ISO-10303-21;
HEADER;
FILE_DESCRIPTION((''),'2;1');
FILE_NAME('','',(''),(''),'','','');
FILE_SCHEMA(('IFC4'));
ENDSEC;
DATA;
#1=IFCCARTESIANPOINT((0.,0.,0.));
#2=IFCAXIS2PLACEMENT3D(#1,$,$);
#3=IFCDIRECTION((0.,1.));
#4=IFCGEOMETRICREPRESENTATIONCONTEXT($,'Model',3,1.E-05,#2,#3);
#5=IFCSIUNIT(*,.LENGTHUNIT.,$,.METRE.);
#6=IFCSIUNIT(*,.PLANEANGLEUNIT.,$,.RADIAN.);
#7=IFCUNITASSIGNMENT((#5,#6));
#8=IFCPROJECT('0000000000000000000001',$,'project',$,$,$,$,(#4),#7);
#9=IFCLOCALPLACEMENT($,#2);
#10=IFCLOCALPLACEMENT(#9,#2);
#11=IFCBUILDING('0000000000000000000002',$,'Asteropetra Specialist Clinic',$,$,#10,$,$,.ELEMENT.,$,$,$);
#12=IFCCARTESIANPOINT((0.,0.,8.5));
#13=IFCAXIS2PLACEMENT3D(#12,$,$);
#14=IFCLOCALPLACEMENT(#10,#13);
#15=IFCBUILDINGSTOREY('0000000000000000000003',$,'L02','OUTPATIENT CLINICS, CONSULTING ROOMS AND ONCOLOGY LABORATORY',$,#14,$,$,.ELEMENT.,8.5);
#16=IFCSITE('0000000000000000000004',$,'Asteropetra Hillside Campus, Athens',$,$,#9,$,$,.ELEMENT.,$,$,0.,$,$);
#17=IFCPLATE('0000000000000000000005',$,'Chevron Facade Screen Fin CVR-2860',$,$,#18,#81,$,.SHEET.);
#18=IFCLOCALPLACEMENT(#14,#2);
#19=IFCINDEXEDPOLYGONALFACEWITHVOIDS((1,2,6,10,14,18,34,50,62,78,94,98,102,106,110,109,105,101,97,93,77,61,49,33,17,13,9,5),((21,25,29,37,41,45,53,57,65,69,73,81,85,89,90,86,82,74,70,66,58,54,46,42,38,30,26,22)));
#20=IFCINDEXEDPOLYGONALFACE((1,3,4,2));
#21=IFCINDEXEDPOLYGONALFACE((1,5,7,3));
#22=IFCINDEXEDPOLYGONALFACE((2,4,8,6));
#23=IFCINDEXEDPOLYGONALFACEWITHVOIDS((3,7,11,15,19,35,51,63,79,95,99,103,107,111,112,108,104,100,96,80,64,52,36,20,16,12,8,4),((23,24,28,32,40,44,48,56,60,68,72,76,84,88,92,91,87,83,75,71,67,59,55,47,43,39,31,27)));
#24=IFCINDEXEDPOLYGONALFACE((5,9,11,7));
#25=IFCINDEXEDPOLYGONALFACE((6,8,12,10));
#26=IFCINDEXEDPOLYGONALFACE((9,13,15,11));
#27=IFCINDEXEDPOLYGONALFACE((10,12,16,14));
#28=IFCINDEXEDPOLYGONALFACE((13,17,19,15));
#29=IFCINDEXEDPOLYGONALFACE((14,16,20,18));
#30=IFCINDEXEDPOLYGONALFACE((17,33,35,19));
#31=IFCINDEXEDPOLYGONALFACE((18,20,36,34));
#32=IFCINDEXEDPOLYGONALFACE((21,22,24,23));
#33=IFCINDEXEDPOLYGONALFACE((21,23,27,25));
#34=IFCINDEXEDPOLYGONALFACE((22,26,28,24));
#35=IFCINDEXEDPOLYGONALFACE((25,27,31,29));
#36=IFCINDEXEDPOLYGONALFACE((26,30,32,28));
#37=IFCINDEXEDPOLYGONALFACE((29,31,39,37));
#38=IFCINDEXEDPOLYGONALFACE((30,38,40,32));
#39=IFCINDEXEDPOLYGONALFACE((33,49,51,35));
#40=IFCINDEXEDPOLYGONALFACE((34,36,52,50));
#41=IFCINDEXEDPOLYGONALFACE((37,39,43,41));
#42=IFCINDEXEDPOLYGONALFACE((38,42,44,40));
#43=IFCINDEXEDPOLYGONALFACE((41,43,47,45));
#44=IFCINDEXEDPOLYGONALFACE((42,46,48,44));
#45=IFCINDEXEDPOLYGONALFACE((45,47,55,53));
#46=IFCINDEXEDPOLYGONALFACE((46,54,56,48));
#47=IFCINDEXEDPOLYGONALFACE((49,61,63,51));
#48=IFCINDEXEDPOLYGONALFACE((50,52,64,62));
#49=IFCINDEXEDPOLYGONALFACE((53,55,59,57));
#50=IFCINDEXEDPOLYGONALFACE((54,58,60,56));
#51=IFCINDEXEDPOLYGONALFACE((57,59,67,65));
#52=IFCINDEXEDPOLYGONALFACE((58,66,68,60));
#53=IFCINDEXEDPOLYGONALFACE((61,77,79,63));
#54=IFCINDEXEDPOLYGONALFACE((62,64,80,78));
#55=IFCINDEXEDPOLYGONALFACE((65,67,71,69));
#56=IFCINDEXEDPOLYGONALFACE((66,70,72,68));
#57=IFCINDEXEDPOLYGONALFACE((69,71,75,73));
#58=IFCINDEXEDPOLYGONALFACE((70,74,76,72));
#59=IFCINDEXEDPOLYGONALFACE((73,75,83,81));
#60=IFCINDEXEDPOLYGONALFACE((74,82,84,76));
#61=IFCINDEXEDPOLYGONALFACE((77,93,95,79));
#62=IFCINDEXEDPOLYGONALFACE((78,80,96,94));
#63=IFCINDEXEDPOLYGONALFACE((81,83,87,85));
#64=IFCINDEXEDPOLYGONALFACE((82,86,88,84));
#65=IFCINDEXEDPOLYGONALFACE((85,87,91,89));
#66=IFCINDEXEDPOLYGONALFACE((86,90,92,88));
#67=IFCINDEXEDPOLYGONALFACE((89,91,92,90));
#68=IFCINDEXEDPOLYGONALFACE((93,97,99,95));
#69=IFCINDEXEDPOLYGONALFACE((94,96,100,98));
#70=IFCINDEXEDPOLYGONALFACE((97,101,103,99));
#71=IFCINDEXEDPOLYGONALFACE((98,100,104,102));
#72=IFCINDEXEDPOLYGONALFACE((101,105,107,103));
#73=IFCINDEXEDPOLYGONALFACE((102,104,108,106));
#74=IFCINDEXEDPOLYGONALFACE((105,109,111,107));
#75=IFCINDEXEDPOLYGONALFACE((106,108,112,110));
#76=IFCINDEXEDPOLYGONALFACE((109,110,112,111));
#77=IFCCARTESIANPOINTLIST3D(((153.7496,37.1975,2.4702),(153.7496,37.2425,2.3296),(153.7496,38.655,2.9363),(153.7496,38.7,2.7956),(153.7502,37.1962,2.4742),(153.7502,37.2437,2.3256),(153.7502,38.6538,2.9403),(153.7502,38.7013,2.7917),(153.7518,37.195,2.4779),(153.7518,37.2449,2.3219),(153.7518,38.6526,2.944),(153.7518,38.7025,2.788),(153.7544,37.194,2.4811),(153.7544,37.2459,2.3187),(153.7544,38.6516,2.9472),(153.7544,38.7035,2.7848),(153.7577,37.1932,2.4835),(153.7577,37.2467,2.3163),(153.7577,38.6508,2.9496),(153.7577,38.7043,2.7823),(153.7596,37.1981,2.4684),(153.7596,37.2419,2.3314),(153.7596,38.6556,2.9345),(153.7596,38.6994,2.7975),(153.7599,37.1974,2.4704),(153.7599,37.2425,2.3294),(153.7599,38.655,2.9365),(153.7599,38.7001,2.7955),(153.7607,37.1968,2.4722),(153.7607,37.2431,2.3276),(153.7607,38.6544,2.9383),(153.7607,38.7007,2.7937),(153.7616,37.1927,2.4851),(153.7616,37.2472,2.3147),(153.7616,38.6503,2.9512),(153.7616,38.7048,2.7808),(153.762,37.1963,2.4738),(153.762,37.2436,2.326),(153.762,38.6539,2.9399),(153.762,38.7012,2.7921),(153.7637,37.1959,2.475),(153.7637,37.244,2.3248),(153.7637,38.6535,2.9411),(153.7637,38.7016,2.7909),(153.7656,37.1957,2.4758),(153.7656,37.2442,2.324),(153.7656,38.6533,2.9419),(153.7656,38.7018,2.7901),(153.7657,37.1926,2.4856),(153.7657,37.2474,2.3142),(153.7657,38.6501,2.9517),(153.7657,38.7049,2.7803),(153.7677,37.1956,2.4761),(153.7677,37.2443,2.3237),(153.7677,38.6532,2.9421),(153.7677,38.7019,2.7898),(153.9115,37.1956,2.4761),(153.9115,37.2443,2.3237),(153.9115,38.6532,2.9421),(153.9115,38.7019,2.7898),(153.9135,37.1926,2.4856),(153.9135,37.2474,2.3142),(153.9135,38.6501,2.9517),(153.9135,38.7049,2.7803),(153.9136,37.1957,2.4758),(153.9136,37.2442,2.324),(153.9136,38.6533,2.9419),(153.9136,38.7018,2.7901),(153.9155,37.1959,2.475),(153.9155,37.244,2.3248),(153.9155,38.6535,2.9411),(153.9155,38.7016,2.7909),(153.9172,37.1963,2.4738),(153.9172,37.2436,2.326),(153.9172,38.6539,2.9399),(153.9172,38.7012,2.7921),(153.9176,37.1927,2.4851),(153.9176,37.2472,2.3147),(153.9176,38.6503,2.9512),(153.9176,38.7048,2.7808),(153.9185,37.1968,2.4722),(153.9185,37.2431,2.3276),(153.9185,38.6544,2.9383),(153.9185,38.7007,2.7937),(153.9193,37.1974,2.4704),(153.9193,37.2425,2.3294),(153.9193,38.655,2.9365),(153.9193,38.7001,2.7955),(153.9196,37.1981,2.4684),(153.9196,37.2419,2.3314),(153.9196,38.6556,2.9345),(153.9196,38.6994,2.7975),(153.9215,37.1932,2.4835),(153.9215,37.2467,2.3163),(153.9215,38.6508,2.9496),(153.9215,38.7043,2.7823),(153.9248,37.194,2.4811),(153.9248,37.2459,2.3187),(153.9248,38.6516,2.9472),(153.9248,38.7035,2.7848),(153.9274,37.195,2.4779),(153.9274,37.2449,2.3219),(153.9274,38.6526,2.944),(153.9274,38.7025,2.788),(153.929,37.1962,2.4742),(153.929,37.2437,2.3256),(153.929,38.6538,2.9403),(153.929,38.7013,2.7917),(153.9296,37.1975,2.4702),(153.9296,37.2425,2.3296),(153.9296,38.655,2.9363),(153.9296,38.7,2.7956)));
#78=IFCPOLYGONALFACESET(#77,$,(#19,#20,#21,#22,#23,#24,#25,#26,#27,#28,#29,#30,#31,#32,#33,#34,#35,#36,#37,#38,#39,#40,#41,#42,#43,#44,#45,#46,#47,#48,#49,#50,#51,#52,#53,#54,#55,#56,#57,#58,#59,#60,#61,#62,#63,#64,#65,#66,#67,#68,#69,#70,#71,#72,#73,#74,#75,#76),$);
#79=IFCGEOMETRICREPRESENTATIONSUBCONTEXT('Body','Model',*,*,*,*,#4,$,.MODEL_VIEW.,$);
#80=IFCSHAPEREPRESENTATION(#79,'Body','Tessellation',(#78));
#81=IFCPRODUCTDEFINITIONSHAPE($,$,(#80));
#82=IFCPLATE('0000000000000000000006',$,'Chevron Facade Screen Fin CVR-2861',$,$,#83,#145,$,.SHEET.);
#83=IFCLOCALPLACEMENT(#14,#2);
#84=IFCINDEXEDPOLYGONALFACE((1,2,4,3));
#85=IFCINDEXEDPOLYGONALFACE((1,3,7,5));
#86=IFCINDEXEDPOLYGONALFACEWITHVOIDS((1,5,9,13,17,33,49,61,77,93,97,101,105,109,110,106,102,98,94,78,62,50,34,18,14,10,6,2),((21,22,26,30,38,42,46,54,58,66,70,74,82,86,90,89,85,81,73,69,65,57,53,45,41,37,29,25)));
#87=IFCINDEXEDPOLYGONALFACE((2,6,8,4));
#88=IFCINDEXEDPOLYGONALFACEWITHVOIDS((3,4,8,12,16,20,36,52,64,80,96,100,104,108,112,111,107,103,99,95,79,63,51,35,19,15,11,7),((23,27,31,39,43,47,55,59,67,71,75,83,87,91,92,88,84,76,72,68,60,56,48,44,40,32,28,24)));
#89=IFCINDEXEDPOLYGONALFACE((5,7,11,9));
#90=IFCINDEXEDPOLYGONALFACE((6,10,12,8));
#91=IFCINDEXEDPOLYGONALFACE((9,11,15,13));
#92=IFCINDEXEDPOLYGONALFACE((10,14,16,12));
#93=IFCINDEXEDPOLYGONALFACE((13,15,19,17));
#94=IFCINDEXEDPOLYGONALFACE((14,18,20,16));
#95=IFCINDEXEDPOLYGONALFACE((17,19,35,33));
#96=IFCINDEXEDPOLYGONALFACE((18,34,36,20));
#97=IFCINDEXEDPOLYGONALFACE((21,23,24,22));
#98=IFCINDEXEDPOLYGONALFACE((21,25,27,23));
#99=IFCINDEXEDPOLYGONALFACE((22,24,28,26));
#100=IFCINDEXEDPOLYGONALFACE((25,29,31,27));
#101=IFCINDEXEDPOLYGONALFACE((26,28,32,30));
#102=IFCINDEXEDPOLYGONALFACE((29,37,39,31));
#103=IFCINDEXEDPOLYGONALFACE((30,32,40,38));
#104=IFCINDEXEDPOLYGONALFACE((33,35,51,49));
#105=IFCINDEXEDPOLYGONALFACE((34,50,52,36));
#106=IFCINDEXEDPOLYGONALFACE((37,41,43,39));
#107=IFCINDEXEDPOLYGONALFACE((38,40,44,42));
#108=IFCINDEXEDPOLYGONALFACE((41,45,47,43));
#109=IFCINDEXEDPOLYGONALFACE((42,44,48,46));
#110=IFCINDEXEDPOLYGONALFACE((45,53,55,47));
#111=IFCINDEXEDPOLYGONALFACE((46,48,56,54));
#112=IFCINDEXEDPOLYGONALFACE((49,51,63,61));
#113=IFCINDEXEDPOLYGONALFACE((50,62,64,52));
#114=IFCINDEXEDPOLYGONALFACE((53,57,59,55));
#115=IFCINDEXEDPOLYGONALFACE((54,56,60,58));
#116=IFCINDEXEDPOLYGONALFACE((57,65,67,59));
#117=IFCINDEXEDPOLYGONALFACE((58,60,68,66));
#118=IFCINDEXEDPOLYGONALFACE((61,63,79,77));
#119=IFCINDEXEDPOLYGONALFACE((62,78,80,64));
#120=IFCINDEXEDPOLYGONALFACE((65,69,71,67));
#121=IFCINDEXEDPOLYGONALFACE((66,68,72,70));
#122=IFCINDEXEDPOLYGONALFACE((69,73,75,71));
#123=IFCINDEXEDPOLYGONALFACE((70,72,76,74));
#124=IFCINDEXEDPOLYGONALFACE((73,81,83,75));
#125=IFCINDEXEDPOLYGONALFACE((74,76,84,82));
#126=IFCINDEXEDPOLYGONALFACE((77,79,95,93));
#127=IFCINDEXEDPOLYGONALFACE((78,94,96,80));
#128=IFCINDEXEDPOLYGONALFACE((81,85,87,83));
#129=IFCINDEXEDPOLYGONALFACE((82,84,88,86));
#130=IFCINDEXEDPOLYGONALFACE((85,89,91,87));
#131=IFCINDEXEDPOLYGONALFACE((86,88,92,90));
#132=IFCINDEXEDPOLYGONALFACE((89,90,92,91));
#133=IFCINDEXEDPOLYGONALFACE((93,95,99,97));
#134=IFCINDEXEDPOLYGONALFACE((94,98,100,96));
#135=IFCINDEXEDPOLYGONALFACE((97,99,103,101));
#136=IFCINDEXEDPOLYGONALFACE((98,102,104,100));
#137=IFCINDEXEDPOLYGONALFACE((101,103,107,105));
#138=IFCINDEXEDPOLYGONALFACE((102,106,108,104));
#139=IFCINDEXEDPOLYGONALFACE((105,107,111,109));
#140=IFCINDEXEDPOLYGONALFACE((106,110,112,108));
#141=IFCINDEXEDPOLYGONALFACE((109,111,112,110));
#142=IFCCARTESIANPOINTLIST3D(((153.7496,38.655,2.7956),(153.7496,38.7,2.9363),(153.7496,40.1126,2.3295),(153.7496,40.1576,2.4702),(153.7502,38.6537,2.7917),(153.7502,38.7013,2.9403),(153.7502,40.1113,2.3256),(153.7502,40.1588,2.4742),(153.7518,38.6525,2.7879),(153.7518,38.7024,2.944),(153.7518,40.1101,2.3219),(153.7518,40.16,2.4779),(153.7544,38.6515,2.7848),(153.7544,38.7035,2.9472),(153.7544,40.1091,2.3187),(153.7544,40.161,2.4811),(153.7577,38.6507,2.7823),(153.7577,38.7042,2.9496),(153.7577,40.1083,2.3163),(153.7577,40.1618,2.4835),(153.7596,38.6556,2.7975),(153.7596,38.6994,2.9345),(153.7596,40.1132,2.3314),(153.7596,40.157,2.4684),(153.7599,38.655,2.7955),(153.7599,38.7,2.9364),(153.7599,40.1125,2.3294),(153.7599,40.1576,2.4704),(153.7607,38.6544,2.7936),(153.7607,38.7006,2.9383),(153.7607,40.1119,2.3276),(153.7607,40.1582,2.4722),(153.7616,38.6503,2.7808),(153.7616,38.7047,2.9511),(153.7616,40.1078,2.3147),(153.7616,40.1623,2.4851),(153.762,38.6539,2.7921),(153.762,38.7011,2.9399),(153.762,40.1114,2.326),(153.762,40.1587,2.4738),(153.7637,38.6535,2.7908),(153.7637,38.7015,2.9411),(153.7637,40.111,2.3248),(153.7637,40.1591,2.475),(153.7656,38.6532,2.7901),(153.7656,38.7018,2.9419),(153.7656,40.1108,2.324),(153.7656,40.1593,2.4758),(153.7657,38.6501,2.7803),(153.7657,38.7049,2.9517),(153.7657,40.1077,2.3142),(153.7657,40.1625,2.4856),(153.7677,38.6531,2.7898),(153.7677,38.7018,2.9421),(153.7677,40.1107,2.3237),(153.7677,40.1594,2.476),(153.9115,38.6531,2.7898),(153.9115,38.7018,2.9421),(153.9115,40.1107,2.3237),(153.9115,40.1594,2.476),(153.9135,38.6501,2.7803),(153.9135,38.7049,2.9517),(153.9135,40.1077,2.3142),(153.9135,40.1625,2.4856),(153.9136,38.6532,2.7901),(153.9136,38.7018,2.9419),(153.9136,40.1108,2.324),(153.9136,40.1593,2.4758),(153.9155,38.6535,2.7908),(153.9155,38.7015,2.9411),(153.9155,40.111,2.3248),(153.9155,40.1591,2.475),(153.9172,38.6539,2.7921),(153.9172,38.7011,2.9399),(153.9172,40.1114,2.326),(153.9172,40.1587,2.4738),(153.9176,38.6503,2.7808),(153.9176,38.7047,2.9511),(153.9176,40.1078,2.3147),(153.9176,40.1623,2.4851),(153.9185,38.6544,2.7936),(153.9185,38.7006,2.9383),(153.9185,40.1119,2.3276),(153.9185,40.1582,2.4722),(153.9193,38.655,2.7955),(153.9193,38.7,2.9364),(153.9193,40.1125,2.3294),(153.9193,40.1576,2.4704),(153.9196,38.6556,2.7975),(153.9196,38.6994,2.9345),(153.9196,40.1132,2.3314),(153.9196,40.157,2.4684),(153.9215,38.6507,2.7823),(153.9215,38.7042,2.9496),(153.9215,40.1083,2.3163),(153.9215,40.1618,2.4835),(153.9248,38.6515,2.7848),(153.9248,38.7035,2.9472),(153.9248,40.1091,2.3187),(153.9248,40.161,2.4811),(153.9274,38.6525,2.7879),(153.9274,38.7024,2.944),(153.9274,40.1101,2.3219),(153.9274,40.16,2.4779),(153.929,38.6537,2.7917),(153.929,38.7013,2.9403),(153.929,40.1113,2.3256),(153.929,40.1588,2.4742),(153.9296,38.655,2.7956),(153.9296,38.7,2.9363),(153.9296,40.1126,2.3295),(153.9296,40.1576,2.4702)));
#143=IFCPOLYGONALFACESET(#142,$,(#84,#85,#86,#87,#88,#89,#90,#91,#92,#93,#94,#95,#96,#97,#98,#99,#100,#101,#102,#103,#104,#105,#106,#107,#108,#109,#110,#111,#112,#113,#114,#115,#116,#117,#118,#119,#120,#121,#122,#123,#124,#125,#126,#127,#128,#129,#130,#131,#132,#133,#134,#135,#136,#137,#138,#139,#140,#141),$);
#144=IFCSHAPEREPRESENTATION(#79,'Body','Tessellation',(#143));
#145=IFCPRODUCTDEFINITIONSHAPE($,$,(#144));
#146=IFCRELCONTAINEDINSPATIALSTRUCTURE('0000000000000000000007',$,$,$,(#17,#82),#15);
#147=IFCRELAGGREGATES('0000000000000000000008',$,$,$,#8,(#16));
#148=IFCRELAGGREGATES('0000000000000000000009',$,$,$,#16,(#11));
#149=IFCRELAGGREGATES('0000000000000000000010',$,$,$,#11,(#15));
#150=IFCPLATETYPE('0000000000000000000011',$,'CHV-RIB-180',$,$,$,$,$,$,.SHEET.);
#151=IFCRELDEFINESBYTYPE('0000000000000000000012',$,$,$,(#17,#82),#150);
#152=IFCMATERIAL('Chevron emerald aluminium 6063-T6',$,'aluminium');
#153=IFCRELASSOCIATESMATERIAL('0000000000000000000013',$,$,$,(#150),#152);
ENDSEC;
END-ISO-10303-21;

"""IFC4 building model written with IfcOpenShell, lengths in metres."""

from ifc_helpers import new_model, si_unit, direction, frame, origin, origin_2d, place, context, subcontext, project, spatial, hollow_rectangle, extrude, material, material_profile, profile_set, type_object, element, save


model = new_model("IFC4")

# Units and contexts
model_context = context("Model", 3, precision=1e-05, world=origin(), true_north=direction((0.0, 1.0)))
body_context = subcontext(model_context, "Body", "Model", "MODEL_VIEW")
ifc_project = project(units=[si_unit("LENGTHUNIT", "METRE"), si_unit("PLANEANGLEUNIT", "RADIAN")], contexts=[model_context])

# Site, building, storey
site_placement = place(None, origin())
site = spatial("IfcSite", under=ifc_project, at=site_placement, Name="Asteropetra Hillside Campus, Athens", CompositionType="ELEMENT", RefElevation=0.0)
building_placement = place(site_placement, origin())
building = spatial("IfcBuilding", under=site, at=building_placement, Name="Asteropetra Specialist Clinic", CompositionType="ELEMENT")
storey_placement = place(building_placement, frame((0.0, 0.0, 8.5)))
storey = spatial("IfcBuildingStorey", under=building, at=storey_placement, Name="L02", Description="OUTPATIENT CLINICS, CONSULTING ROOMS AND ONCOLOGY LABORATORY", CompositionType="ELEMENT", Elevation=8.5)

# Plates
ifc_material_1 = material(Name="Chevron emerald aluminium 6063-T6", Category="aluminium")
ifc_material_profile = material_profile(ifc_material_1, hollow_rectangle(XDim=0.1799, YDim=0.1799, WallThickness=0.01, InnerFilletRadius=0.0081, OuterFilletRadius=0.0161, at=origin_2d()), Name="SHS 180x180x10.0")
ifc_profile_set = profile_set([ifc_material_profile], Name="Chevron emerald aluminium 6063-T6")
plate_type = type_object("IfcPlateType", Name="CHV-RIB-180", PredefinedType="SHEET", material=ifc_profile_set)
for number, where, z_axis, x_axis, name in (
    (1, (153.8396, 37.22, 2.3999), (0.0, 0.952489, 0.304573), (-1.0, 0.0, 0.0), "Chevron Facade Screen Fin CVR-2860"),
    (2, (153.8396, 38.6775, 2.866), (0.0, 0.952489, -0.304573), (-1.0, 0.0, 0.0), "Chevron Facade Screen Fin CVR-2861"),
):
    element("IfcPlate", number, at=place(storey_placement, frame(where, z_axis=z_axis, x_axis=x_axis)), inside=storey, type_object=plate_type, Name=name, PredefinedType="SHEET", context=body_context, shape_type="SweptSolid", body=[
        extrude(hollow_rectangle(XDim=0.1799, YDim=0.1799, WallThickness=0.01, InnerFilletRadius=0.0081, OuterFilletRadius=0.0161, at=origin_2d()), origin(), (0.0, 0.0, 1.0), 1.5303),
    ])

save(model, "model.ifc")
